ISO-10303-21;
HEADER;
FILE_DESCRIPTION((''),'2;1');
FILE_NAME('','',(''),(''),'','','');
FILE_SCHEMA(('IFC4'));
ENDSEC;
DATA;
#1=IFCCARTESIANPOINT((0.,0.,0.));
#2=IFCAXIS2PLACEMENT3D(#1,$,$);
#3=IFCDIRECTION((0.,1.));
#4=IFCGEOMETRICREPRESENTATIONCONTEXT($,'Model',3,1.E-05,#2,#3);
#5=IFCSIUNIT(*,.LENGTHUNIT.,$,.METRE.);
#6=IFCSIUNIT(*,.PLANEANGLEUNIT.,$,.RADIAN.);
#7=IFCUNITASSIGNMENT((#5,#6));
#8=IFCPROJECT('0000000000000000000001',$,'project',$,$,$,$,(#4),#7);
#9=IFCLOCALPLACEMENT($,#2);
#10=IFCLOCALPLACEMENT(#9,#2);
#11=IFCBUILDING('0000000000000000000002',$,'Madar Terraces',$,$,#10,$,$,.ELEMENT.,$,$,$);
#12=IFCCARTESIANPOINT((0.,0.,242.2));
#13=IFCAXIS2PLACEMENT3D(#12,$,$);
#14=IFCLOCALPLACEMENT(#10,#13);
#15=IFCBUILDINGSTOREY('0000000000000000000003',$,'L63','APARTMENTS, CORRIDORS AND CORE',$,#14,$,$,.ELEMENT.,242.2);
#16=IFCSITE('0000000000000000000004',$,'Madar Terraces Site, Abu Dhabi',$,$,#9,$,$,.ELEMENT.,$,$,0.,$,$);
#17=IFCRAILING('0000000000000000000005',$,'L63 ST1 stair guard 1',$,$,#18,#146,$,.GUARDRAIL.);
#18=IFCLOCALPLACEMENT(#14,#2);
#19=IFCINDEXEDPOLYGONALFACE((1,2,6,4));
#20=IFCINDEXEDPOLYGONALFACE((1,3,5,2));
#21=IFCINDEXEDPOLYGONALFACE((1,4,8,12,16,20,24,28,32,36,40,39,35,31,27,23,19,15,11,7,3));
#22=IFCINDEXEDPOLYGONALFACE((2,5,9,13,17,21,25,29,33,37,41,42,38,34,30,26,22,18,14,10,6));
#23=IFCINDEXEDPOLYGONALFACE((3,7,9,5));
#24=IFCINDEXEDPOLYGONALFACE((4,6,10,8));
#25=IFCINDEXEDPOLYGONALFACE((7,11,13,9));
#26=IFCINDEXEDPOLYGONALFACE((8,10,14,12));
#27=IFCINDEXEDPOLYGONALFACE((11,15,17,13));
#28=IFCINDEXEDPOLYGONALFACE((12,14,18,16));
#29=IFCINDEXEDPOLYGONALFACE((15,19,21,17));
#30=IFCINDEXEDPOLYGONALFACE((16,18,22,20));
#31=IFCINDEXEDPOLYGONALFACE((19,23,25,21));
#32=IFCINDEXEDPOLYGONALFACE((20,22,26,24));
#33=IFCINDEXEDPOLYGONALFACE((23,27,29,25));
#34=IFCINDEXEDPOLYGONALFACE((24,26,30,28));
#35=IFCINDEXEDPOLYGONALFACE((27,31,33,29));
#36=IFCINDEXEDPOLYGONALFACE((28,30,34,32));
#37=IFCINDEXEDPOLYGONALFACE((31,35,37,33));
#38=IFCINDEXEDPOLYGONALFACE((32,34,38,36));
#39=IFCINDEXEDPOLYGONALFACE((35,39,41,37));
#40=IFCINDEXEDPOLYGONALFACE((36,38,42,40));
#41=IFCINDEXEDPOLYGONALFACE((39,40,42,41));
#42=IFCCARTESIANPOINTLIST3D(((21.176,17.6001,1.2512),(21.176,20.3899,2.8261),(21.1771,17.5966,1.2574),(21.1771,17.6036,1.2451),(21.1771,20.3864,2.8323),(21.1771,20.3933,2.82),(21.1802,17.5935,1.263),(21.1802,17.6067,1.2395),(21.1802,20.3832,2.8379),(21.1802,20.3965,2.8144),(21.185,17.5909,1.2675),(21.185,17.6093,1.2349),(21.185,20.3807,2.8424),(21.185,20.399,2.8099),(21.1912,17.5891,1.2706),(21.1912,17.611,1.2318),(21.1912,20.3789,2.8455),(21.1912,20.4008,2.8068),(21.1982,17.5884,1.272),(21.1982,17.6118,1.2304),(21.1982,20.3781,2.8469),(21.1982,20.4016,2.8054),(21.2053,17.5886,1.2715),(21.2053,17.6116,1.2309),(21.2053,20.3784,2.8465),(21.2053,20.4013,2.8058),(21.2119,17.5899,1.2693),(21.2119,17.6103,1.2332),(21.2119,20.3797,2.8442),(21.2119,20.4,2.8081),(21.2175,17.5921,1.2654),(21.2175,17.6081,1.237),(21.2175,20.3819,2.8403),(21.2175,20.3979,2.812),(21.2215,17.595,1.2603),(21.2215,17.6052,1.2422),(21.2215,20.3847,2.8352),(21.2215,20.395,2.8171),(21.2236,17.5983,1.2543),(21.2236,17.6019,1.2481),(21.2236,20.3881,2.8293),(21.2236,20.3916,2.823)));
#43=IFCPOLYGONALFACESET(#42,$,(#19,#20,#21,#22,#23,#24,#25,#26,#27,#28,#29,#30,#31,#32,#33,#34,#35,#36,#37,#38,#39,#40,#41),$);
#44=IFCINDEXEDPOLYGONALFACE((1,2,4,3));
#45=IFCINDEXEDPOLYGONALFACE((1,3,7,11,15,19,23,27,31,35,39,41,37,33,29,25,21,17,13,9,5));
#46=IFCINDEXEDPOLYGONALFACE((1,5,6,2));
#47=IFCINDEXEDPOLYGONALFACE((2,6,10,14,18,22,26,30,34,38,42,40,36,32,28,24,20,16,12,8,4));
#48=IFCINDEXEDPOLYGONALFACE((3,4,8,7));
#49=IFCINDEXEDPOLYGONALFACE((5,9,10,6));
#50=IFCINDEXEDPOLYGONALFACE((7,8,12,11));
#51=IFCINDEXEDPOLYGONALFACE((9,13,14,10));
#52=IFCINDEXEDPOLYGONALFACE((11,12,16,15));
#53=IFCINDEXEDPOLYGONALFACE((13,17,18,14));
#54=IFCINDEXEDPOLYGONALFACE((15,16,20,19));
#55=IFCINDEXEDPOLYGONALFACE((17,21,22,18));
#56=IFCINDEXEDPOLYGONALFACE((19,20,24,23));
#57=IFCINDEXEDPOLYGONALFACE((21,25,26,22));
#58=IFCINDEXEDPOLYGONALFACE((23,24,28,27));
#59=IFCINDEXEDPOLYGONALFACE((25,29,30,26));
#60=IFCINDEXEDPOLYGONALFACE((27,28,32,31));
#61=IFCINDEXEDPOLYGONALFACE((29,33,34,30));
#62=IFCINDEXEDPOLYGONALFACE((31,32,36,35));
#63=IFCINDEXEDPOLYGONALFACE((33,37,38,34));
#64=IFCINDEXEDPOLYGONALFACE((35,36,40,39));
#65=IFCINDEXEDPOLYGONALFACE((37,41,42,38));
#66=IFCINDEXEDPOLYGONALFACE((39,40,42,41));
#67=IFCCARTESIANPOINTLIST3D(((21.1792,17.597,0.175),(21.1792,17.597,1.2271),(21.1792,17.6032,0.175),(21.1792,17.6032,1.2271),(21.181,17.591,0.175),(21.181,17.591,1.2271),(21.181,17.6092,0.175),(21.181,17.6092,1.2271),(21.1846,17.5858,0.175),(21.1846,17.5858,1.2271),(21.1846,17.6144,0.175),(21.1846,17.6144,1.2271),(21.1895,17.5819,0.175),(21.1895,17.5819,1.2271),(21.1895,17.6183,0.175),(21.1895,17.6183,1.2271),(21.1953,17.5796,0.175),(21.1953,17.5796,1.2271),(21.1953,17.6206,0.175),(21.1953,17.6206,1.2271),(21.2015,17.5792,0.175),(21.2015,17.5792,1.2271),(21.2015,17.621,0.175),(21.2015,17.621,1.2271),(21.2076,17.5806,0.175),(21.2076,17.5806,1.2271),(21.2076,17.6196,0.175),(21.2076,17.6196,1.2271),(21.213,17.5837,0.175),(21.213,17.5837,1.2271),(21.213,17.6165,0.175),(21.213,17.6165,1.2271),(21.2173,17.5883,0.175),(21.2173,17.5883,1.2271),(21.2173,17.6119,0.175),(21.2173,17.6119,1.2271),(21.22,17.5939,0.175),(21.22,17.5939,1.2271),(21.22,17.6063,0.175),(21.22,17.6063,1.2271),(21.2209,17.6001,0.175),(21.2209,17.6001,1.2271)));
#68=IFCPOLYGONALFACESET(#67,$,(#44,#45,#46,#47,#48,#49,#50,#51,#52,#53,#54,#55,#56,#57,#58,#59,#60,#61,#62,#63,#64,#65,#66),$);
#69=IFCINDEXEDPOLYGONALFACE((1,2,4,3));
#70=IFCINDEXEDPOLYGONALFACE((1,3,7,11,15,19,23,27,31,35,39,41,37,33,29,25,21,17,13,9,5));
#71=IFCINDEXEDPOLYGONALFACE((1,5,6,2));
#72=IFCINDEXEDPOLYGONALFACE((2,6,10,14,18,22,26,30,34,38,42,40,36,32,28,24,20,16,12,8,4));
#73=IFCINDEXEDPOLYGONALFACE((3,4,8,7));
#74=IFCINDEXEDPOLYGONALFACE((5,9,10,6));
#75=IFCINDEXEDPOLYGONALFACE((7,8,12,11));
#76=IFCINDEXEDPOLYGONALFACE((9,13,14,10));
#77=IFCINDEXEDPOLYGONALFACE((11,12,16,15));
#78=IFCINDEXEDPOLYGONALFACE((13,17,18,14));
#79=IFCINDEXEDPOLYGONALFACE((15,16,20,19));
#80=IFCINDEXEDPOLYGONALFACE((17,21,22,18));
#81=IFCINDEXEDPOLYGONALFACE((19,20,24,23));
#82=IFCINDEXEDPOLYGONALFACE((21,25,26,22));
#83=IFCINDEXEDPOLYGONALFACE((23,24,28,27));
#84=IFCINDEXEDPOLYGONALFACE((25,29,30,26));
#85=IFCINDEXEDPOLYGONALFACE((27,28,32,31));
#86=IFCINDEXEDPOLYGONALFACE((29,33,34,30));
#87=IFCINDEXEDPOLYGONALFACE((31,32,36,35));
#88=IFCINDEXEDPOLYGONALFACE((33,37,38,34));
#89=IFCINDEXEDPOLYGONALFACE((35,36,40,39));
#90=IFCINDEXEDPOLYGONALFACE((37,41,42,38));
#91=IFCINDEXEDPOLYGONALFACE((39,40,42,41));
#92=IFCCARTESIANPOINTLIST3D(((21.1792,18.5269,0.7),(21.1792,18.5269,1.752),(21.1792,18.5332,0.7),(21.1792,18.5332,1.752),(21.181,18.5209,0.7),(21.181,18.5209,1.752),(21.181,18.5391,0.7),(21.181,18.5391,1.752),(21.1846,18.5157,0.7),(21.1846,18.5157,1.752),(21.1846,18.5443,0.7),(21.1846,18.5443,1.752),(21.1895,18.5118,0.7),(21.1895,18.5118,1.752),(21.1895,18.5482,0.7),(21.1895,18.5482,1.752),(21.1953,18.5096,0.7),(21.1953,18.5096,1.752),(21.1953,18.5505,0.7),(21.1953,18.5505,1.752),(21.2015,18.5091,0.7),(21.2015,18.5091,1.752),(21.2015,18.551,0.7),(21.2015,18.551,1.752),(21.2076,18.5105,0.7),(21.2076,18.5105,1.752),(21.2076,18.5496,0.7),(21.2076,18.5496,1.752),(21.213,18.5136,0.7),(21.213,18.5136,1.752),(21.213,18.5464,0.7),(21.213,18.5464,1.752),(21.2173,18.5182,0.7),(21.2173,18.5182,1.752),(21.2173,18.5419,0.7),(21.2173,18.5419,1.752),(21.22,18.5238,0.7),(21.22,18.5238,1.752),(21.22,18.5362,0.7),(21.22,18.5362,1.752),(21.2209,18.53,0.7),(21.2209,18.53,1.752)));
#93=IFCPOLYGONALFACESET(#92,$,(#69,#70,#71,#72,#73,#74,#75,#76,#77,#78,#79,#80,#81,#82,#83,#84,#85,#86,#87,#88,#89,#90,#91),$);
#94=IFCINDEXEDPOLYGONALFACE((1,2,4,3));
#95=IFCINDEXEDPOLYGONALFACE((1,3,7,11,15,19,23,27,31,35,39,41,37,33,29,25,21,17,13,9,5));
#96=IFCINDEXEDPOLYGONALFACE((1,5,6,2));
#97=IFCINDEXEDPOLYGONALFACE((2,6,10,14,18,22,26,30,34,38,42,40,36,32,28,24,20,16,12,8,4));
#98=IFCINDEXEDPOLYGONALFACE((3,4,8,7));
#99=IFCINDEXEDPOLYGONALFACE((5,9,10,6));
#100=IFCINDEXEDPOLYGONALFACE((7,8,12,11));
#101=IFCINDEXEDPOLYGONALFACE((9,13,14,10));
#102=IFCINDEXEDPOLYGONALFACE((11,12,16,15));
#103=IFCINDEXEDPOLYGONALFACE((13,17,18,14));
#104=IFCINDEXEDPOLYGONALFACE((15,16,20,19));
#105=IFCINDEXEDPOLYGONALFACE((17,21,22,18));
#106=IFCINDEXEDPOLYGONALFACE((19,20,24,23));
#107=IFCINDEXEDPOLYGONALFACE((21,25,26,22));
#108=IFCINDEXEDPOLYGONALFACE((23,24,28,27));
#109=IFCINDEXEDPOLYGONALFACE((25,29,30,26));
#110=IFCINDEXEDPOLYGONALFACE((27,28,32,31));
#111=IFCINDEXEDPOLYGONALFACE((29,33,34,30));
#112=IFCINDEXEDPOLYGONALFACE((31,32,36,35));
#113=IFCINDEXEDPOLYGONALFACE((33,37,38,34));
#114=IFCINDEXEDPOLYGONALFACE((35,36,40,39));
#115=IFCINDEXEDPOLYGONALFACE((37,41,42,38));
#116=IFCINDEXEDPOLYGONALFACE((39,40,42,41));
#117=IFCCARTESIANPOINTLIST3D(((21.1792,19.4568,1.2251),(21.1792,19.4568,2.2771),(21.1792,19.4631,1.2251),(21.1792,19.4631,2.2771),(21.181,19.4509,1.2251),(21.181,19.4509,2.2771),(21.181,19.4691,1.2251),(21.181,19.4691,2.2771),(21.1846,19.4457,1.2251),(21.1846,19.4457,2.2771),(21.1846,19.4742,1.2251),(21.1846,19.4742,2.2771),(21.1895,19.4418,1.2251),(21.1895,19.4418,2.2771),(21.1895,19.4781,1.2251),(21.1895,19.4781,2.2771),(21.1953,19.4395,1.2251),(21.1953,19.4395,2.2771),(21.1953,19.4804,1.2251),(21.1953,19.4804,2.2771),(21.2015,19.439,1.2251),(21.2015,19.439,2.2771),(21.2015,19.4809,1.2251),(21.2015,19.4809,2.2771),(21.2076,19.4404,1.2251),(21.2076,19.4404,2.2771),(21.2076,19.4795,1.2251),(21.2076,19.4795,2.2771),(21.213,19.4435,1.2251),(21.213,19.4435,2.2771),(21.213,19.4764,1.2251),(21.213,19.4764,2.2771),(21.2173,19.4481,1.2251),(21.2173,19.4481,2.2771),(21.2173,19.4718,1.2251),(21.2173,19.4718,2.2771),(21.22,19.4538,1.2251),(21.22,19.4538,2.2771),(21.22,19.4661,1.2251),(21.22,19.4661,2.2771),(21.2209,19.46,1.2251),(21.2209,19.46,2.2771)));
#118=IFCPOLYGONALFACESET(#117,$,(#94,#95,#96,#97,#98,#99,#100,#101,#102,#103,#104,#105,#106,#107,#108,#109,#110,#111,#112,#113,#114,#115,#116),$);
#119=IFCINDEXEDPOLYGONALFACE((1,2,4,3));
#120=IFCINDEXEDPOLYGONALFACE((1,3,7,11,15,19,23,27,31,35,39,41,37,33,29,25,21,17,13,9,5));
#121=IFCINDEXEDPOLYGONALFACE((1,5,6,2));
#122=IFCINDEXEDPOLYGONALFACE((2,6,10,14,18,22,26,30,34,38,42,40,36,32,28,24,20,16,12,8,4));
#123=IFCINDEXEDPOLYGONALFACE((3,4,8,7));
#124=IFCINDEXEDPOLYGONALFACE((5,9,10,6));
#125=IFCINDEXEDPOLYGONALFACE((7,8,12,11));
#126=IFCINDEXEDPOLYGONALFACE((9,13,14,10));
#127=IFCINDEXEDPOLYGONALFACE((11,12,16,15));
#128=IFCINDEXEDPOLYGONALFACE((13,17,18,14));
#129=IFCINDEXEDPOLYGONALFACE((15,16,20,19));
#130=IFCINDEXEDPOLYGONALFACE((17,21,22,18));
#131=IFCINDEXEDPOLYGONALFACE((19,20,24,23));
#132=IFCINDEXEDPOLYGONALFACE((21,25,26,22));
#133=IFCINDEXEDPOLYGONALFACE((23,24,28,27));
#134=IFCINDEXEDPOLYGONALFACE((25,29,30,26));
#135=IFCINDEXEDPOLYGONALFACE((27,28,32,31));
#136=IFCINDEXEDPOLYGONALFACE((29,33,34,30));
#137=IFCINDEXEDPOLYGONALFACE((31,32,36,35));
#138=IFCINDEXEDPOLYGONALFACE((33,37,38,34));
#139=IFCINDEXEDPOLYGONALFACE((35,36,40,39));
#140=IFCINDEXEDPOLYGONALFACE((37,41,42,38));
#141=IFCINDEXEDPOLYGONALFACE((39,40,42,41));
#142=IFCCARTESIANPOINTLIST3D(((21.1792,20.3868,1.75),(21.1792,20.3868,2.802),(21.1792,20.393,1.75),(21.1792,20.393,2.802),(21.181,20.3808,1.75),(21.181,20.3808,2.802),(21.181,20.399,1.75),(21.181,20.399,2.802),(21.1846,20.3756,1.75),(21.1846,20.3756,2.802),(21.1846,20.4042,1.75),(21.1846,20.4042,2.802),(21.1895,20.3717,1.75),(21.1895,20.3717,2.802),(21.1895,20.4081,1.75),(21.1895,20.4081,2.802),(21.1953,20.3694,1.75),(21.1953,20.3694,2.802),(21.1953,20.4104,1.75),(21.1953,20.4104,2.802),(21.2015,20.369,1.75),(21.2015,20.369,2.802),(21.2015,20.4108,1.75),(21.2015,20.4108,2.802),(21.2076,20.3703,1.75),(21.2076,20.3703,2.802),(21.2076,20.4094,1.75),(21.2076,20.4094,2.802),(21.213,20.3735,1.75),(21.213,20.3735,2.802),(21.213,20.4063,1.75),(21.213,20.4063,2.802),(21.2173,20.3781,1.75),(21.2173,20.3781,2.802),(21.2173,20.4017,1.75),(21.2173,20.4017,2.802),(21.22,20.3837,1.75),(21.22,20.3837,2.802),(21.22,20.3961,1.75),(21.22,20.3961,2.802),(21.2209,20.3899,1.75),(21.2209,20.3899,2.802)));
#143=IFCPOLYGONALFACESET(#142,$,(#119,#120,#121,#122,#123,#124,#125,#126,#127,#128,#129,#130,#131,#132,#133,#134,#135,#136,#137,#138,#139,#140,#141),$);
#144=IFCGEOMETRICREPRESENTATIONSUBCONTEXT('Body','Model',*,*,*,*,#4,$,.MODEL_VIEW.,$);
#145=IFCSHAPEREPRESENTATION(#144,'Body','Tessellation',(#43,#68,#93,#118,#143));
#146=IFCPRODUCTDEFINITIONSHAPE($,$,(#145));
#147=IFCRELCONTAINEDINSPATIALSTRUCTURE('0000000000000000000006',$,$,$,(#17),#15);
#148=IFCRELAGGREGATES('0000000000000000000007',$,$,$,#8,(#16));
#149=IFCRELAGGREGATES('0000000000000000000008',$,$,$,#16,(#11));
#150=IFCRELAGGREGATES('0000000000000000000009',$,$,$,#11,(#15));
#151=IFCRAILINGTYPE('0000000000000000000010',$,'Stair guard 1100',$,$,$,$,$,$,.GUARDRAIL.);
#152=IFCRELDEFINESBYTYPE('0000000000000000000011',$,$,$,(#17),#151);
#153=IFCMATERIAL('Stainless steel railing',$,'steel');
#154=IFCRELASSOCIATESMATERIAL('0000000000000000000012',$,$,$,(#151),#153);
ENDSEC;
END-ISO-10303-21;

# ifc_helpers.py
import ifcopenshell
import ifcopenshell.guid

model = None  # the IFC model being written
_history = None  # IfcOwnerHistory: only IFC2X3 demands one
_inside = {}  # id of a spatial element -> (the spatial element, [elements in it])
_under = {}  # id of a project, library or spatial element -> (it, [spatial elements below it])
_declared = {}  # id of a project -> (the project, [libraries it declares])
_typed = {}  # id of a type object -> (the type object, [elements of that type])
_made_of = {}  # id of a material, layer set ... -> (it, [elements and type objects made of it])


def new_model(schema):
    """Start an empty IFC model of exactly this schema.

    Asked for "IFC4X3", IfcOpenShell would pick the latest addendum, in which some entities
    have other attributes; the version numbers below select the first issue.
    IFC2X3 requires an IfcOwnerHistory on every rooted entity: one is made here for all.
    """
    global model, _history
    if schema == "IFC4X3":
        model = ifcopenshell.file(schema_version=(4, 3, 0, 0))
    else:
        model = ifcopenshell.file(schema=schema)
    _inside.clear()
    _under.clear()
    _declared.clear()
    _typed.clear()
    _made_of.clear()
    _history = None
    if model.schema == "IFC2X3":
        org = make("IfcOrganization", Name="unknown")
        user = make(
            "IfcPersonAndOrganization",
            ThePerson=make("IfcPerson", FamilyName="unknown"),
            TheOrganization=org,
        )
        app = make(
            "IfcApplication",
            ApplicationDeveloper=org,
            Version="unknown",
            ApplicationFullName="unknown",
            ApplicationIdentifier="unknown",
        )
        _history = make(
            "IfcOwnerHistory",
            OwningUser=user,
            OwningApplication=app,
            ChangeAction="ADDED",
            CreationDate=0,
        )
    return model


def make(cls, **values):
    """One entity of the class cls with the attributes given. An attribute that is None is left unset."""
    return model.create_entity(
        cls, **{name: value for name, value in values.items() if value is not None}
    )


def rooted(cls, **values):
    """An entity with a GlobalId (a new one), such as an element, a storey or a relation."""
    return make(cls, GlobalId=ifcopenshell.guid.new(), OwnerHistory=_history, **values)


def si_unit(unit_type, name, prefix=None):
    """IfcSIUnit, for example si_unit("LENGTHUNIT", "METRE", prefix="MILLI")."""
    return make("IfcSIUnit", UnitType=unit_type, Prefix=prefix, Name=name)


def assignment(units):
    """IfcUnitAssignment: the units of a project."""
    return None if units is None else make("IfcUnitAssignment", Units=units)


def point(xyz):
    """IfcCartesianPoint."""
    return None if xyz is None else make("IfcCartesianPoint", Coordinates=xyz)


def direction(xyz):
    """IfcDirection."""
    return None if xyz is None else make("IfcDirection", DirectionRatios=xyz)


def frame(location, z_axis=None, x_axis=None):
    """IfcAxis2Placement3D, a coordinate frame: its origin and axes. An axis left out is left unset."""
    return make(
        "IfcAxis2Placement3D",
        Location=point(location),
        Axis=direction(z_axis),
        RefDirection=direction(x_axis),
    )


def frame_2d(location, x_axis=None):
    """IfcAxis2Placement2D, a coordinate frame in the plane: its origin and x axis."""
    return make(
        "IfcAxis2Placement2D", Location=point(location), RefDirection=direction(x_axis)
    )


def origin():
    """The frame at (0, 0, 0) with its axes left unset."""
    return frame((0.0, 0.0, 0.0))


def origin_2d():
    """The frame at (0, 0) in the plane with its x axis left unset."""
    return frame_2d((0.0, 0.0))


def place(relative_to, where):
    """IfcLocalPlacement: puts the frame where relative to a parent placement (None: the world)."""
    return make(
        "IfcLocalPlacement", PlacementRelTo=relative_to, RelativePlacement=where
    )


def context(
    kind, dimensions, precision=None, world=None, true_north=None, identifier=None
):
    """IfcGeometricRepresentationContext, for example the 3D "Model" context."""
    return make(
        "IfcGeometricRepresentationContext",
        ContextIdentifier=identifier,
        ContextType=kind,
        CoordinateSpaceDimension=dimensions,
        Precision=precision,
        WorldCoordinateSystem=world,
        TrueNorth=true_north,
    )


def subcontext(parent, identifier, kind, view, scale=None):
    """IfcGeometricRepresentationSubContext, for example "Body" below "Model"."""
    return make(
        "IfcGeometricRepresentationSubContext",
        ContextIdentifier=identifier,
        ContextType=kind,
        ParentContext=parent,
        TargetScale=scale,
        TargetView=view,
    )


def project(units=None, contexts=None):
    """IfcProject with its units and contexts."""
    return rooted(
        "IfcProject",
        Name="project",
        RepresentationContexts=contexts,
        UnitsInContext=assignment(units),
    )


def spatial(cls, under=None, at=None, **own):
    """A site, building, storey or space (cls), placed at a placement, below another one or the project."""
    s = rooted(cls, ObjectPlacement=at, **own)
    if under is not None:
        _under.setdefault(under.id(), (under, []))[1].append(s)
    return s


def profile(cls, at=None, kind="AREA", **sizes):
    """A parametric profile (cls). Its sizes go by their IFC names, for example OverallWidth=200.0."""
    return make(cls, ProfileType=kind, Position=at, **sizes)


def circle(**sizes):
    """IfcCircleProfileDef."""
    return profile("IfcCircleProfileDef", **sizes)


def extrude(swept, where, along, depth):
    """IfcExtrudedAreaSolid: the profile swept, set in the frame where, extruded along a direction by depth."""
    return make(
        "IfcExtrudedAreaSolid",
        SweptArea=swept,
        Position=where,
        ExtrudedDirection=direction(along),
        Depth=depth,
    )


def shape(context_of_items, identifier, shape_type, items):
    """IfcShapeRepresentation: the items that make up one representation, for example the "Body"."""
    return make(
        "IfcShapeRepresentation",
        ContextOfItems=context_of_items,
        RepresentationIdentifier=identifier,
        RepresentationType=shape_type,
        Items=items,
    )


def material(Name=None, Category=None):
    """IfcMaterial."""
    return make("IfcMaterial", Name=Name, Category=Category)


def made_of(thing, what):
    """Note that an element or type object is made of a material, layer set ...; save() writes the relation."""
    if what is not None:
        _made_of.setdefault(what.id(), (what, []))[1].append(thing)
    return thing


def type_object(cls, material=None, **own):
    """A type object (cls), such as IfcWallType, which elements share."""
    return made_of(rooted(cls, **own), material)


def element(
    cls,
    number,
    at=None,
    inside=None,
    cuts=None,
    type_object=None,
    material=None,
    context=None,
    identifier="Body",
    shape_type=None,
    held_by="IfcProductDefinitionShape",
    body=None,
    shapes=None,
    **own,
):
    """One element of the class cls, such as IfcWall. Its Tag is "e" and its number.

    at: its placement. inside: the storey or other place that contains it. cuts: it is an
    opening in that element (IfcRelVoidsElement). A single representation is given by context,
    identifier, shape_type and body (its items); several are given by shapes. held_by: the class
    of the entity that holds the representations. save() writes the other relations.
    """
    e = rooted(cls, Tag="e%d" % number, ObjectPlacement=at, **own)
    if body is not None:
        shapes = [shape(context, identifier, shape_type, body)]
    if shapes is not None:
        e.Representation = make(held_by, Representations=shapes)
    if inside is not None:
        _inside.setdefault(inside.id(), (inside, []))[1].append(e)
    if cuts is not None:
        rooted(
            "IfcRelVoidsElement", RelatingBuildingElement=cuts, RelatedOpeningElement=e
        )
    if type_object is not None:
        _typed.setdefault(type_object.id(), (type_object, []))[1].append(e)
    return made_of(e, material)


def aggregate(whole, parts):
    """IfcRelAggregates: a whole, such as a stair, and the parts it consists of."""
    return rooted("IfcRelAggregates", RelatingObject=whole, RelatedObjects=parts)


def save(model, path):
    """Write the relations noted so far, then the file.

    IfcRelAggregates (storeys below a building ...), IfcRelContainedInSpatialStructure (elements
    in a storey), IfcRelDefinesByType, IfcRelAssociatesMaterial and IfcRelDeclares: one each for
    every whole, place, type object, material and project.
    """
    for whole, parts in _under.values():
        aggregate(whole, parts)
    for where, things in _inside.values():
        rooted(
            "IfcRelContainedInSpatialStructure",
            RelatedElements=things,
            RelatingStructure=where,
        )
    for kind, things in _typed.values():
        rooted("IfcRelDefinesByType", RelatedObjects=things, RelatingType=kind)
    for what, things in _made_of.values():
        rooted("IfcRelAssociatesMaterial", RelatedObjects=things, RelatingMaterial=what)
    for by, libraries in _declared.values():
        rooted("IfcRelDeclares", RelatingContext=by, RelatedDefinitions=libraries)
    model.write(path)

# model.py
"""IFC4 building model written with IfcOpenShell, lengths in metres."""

from ifc_helpers import new_model, si_unit, direction, frame, origin, origin_2d, place, context, subcontext, project, spatial, circle, extrude, material, type_object, element, save


model = new_model("IFC4")

# Units and contexts
model_context = context("Model", 3, precision=1e-05, world=origin(), true_north=direction((0.0, 1.0)))
body_context = subcontext(model_context, "Body", "Model", "MODEL_VIEW")
ifc_project = project(units=[si_unit("LENGTHUNIT", "METRE"), si_unit("PLANEANGLEUNIT", "RADIAN")], contexts=[model_context])

# Site, building, storey
site_placement = place(None, origin())
site = spatial("IfcSite", under=ifc_project, at=site_placement, Name="Madar Terraces Site, Abu Dhabi", CompositionType="ELEMENT", RefElevation=0.0)
building_placement = place(site_placement, origin())
building = spatial("IfcBuilding", under=site, at=building_placement, Name="Madar Terraces", CompositionType="ELEMENT")
storey_placement = place(building_placement, frame((0.0, 0.0, 242.2)))
storey = spatial("IfcBuildingStorey", under=building, at=storey_placement, Name="L63", Description="APARTMENTS, CORRIDORS AND CORE", CompositionType="ELEMENT", Elevation=242.2)

# Railing
ifc_material_1 = material(Name="Stainless steel railing", Category="steel")
railing_type_1 = type_object("IfcRailingType", Name="Stair guard 1100", PredefinedType="GUARDRAIL", material=ifc_material_1)
railing_1_placement = place(storey_placement, frame((21.2, 17.6001, 0.175)))
element("IfcRailing", 1, at=railing_1_placement, inside=storey, type_object=railing_type_1, Name="L63 ST1 stair guard 1", PredefinedType="GUARDRAIL", context=body_context, shape_type="SweptSolid", body=[
    extrude(circle(Radius=0.0239, at=origin_2d()), frame((0.0, 0.0, 1.0762), z_axis=(0.0, 0.870815, 0.49161), x_axis=(-1.0, 0.0, 0.0)), (0.0, 0.0, 1.0), 3.2036),
    extrude(circle(Radius=0.021, at=origin_2d()), origin(), (0.0, 0.0, 1.0), 1.052),
    extrude(circle(Radius=0.021, at=origin_2d()), frame((0.0, 0.9299, 0.5249)), (0.0, 0.0, 1.0), 1.052),
    extrude(circle(Radius=0.021, at=origin_2d()), frame((0.0, 1.8599, 1.05)), (0.0, 0.0, 1.0), 1.052),
    extrude(circle(Radius=0.021, at=origin_2d()), frame((0.0, 2.7898, 1.575)), (0.0, 0.0, 1.0), 1.052),
])

save(model, "model.ifc")
